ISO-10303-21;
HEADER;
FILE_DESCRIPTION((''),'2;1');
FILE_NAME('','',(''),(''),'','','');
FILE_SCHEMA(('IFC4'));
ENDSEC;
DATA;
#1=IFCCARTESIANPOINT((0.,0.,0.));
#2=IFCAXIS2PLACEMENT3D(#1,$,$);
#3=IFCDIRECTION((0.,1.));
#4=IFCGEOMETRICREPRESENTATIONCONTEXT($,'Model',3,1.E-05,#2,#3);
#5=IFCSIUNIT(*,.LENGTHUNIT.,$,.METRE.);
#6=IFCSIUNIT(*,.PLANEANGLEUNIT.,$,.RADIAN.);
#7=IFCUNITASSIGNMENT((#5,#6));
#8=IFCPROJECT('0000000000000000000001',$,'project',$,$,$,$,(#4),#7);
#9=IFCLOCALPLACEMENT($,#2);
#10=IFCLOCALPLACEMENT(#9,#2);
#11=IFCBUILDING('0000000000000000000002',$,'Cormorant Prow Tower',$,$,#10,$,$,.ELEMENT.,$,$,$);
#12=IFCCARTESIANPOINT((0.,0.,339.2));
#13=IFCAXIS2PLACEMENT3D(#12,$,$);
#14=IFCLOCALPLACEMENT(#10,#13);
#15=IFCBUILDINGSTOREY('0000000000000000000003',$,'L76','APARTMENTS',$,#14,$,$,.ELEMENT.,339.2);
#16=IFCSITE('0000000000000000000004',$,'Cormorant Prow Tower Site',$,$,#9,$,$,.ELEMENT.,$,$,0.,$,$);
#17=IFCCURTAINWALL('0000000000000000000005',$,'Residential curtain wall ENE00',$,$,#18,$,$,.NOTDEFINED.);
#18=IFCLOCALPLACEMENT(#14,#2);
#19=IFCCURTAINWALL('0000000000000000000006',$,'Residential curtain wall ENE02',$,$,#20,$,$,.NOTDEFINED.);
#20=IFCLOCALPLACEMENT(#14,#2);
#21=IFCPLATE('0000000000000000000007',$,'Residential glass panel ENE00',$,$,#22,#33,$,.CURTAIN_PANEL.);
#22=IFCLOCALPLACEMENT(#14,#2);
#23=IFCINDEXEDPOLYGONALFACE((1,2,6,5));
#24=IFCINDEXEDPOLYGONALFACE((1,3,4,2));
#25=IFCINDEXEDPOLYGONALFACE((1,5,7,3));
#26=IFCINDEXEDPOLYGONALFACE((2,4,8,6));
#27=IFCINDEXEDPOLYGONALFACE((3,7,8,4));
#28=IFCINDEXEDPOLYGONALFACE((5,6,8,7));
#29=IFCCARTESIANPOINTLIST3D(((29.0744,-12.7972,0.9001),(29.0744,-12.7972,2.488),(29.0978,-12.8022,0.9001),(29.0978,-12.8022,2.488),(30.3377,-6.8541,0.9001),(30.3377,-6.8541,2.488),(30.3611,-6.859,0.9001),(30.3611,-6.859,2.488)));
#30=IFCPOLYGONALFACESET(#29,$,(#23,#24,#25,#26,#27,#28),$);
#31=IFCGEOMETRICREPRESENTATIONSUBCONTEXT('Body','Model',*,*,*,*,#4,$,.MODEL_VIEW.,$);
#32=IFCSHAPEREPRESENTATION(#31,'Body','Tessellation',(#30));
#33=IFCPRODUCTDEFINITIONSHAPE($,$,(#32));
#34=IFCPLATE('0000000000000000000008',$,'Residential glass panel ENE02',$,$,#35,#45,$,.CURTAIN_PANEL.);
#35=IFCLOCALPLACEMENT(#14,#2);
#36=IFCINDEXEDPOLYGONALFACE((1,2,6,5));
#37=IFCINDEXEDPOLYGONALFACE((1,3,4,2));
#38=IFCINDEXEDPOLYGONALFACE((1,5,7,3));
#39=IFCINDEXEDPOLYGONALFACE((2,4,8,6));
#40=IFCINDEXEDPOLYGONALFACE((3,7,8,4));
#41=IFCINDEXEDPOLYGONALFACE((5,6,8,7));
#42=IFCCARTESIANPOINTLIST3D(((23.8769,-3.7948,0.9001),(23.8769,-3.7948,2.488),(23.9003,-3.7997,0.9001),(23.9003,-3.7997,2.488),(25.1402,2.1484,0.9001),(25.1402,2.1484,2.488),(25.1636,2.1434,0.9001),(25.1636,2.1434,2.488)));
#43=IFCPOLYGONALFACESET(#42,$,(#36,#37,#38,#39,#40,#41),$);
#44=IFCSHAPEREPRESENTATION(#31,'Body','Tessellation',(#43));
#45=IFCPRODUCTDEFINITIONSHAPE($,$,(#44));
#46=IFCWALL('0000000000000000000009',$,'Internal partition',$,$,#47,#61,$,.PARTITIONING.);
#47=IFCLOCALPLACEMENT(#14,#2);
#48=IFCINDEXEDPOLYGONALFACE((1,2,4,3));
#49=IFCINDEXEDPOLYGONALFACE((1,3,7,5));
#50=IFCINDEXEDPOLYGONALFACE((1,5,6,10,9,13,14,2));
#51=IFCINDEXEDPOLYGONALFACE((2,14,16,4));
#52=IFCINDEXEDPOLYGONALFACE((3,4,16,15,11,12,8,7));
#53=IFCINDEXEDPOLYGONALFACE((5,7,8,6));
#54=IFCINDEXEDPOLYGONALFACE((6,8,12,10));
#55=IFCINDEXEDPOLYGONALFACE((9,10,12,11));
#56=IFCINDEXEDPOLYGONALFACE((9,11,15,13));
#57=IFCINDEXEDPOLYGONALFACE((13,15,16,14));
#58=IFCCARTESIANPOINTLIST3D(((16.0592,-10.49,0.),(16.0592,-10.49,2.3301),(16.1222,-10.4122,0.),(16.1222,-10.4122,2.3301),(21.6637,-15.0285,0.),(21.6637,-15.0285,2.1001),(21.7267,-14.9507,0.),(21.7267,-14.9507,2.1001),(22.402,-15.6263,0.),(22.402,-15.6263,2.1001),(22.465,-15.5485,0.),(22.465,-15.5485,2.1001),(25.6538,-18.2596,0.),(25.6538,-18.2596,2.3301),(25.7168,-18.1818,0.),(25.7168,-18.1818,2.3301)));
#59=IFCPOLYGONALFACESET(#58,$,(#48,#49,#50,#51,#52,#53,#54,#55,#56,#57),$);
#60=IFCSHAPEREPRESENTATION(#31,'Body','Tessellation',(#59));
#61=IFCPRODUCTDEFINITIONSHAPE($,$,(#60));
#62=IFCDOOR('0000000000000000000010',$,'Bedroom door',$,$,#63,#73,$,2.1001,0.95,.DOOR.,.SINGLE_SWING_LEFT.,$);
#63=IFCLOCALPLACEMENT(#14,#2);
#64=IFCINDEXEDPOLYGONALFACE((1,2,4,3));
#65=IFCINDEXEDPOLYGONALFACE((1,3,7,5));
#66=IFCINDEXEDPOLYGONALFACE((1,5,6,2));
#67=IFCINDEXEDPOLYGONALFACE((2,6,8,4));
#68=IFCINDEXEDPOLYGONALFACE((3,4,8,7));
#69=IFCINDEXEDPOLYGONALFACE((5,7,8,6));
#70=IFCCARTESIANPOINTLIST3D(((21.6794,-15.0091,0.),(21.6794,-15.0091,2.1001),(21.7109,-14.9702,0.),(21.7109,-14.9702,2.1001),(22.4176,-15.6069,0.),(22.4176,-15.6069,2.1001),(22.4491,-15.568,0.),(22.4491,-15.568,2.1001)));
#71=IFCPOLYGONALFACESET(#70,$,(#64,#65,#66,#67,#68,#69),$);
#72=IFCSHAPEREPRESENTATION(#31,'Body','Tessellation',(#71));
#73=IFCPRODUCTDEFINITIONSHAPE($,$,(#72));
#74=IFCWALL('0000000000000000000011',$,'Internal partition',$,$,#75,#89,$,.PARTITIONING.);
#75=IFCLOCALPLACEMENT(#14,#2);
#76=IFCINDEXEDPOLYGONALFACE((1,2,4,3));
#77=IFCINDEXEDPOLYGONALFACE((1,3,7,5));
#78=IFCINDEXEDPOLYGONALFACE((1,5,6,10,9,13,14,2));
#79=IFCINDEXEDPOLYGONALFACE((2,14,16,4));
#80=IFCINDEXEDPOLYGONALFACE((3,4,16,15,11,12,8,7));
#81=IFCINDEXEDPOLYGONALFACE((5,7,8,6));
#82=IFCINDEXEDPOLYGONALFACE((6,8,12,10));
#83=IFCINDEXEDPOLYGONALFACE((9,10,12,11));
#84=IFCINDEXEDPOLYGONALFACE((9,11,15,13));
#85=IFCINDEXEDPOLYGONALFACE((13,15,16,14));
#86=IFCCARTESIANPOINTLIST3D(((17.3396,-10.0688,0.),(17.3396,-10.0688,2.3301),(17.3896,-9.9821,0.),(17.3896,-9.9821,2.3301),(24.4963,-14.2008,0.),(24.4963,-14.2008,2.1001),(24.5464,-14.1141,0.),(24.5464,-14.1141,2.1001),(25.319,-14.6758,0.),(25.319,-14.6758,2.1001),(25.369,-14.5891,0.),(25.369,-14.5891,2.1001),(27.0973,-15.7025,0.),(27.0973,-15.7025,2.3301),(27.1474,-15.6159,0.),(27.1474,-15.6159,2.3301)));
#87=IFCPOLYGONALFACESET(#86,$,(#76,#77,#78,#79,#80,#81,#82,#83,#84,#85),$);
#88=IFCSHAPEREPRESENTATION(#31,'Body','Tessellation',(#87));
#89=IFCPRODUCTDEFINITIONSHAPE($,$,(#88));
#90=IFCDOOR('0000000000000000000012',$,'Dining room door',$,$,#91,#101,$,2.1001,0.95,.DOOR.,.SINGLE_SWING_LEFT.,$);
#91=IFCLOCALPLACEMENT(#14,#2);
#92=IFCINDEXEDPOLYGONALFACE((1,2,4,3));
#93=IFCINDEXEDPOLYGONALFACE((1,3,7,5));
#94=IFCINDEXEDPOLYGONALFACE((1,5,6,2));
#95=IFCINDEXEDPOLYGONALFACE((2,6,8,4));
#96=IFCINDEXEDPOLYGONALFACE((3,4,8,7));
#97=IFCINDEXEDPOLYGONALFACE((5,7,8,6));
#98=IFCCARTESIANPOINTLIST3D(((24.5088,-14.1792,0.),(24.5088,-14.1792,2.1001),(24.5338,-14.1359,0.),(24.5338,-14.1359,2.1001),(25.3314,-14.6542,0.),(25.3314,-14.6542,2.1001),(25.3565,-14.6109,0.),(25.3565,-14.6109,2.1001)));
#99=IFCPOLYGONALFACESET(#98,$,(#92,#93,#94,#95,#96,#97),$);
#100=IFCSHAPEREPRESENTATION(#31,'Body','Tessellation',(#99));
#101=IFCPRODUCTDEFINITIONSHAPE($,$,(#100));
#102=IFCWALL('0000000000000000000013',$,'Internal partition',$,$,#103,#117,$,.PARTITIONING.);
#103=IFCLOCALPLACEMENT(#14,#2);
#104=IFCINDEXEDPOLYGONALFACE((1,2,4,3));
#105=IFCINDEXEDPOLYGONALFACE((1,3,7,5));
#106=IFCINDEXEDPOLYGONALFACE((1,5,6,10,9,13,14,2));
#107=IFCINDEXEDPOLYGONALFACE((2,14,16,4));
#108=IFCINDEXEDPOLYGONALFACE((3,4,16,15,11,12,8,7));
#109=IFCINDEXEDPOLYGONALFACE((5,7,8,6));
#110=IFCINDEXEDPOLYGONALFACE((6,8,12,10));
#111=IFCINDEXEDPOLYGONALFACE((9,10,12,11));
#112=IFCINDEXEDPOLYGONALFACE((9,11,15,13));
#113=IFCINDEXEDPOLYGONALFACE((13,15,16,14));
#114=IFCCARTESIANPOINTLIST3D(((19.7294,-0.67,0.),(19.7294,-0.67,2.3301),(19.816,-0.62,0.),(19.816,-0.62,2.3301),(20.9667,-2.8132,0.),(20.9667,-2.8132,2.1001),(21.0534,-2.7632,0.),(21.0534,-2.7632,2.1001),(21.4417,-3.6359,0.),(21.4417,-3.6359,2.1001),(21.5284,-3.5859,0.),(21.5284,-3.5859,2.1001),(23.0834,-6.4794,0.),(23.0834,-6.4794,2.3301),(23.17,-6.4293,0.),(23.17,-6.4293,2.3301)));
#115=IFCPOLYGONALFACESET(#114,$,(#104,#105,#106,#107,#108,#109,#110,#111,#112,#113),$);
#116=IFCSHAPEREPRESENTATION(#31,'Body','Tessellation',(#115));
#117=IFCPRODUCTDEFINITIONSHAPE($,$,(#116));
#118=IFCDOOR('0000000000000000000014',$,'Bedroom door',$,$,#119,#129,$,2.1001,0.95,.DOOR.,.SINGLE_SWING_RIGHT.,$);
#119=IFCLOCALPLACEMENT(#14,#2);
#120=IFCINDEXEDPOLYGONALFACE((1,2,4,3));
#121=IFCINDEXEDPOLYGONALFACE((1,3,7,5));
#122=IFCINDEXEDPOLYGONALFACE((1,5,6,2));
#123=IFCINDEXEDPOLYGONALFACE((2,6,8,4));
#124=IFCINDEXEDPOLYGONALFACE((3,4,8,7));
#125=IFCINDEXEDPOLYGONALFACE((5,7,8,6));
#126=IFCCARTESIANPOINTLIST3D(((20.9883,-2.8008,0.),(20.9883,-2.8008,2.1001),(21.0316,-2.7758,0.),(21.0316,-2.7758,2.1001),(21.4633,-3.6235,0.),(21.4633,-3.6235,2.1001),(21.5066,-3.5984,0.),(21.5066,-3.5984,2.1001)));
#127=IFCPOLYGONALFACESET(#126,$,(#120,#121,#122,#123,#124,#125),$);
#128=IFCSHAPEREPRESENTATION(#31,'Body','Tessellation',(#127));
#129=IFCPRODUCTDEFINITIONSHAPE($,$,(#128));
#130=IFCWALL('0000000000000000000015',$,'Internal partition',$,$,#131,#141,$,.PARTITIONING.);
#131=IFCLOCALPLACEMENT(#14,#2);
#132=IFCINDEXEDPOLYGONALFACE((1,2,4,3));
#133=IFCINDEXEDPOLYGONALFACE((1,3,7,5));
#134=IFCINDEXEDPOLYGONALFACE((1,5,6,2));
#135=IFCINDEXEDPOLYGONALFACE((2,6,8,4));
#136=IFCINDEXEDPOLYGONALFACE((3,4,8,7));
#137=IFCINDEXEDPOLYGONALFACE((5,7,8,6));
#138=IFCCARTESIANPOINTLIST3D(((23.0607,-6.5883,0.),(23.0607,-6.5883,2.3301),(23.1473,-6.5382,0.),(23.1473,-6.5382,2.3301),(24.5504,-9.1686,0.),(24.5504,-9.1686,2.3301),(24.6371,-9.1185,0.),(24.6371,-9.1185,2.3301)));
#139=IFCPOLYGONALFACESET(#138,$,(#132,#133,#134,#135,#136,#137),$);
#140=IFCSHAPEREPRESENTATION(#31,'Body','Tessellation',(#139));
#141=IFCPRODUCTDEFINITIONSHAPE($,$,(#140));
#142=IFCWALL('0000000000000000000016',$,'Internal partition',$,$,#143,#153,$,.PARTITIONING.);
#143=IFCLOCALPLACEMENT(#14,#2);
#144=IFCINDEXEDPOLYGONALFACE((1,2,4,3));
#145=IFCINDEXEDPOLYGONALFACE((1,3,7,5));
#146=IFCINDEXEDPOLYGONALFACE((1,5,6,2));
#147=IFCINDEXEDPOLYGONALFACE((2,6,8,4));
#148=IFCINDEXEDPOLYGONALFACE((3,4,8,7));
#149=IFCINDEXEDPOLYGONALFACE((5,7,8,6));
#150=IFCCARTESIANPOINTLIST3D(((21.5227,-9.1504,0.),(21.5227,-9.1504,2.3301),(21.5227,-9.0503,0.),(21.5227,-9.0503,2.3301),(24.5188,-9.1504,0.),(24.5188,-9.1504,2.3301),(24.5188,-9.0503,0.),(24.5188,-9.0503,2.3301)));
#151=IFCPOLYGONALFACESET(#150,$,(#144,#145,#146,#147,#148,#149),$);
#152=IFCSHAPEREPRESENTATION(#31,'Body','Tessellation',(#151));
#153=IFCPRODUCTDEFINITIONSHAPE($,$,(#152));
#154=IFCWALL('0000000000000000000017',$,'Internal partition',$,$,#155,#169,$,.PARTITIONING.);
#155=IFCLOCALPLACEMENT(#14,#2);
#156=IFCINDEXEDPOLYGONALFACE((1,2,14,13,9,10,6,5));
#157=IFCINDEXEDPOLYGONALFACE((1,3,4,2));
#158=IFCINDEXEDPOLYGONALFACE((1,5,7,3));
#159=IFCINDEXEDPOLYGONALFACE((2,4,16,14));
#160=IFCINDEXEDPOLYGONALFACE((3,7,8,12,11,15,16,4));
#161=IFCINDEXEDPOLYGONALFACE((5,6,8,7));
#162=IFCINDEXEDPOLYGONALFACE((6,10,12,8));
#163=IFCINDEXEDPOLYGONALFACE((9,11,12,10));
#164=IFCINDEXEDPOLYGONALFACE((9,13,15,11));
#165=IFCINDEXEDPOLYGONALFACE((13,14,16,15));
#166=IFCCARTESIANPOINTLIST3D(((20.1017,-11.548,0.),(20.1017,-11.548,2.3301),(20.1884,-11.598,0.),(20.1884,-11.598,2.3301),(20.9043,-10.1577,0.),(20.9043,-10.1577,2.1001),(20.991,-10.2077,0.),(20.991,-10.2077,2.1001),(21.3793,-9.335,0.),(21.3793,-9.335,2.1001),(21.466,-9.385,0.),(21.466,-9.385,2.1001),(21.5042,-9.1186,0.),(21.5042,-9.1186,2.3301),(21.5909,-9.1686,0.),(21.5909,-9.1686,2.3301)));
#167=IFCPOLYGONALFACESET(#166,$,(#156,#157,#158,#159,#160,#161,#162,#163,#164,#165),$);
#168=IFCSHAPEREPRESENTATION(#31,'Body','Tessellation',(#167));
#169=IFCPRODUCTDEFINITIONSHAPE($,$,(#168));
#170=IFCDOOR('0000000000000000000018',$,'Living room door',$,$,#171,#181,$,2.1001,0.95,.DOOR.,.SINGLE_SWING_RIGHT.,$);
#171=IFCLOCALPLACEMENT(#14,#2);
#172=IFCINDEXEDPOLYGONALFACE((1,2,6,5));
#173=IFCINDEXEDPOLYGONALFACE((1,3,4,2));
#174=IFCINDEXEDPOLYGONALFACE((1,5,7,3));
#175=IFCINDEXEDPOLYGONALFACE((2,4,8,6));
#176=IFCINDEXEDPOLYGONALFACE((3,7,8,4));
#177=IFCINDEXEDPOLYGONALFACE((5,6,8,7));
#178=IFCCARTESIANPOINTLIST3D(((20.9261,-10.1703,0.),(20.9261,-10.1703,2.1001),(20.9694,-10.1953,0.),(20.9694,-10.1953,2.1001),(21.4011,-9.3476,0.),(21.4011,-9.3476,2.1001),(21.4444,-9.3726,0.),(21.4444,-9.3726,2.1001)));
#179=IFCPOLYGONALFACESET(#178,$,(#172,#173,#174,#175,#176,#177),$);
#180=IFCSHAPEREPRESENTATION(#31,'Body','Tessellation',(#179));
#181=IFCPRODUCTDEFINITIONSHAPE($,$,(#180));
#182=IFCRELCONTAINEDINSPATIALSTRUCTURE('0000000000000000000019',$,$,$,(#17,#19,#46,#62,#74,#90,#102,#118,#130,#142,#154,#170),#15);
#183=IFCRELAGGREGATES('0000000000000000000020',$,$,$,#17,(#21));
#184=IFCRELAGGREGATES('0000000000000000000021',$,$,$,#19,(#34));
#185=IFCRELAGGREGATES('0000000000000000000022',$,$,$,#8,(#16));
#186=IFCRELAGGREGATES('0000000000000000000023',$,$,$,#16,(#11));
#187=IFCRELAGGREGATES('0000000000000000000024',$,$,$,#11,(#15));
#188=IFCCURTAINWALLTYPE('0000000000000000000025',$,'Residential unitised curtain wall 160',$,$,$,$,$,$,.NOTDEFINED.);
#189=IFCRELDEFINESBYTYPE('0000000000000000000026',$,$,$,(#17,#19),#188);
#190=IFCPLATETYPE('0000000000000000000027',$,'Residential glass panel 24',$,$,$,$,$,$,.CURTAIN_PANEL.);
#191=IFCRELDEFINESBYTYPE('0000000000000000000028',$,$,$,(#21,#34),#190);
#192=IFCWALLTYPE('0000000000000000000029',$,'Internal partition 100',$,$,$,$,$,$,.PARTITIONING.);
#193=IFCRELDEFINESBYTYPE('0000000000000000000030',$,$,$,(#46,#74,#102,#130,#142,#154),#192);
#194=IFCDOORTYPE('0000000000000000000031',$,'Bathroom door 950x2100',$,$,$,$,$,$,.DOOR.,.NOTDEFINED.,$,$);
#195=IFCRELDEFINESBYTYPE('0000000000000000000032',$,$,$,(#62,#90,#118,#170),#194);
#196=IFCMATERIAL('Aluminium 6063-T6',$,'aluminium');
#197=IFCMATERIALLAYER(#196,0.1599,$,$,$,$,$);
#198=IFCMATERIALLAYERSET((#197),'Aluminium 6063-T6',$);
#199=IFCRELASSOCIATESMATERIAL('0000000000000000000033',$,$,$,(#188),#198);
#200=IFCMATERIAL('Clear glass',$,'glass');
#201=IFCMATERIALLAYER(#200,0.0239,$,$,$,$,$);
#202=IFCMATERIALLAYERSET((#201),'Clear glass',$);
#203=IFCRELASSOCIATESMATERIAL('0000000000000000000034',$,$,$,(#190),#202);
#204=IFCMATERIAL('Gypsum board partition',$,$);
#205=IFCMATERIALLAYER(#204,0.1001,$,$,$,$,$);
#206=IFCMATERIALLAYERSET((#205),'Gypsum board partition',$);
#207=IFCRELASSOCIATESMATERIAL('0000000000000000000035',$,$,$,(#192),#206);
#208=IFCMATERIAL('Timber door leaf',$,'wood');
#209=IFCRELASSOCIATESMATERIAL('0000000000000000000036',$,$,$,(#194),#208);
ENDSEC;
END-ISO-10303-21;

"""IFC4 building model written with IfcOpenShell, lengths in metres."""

from ifc_helpers import new_model, si_unit, direction, frame, frame_2d, origin, origin_2d, place, context, subcontext, project, spatial, rectangle, extrude, material, layer, layer_set, type_object, element, fill, aggregate, save


model = new_model("IFC4")

# Units and contexts
model_context = context("Model", 3, precision=1e-05, world=origin(), true_north=direction((0.0, 1.0)))
body_context = subcontext(model_context, "Body", "Model", "MODEL_VIEW")
ifc_project = project(units=[si_unit("LENGTHUNIT", "METRE"), si_unit("PLANEANGLEUNIT", "RADIAN")], contexts=[model_context])

# Site, building, storey
site_placement = place(None, origin())
site = spatial("IfcSite", under=ifc_project, at=site_placement, Name="Cormorant Prow Tower Site", CompositionType="ELEMENT", RefElevation=0.0)
building_placement = place(site_placement, origin())
building = spatial("IfcBuilding", under=site, at=building_placement, Name="Cormorant Prow Tower", CompositionType="ELEMENT")
storey_placement = place(building_placement, frame((0.0, 0.0, 339.2)))
storey = spatial("IfcBuildingStorey", under=building, at=storey_placement, Name="L76", Description="APARTMENTS", CompositionType="ELEMENT", Elevation=339.2)

# Curtain walls
ifc_material_1 = material(Name="Aluminium 6063-T6", Category="aluminium")
ifc_layer_1 = layer(ifc_material_1, 0.1599)
ifc_layer_set_1 = layer_set([ifc_layer_1], Name="Aluminium 6063-T6")
curtain_wall_type = type_object("IfcCurtainWallType", Name="Residential unitised curtain wall 160", PredefinedType="NOTDEFINED", material=ifc_layer_set_1)
curtain_wall_1_placement = place(storey_placement, origin())
curtain_wall_1 = element("IfcCurtainWall", 1, at=curtain_wall_1_placement, inside=storey, type_object=curtain_wall_type, Name="Residential curtain wall ENE00", PredefinedType="NOTDEFINED")
curtain_wall_2_placement = place(storey_placement, origin())
curtain_wall_2 = element("IfcCurtainWall", 2, at=curtain_wall_2_placement, inside=storey, type_object=curtain_wall_type, Name="Residential curtain wall ENE02", PredefinedType="NOTDEFINED")

# Plates
ifc_material_2 = material(Name="Clear glass", Category="glass")
ifc_layer_2 = layer(ifc_material_2, 0.0239)
ifc_layer_set_2 = layer_set([ifc_layer_2], Name="Clear glass")
plate_type = type_object("IfcPlateType", Name="Residential glass panel 24", PredefinedType="CURTAIN_PANEL", material=ifc_layer_set_2)
plate_1_placement = place(storey_placement, frame((29.7178, -9.8281, 0.9001), z_axis=(0.0, 0.0, 1.0), x_axis=(0.207912, 0.978148, 0.0)))
plate_1 = element("IfcPlate", 3, at=plate_1_placement, type_object=plate_type, Name="Residential glass panel ENE00", PredefinedType="CURTAIN_PANEL", context=body_context, shape_type="SweptSolid", body=[
    extrude(rectangle(XDim=6.0759, YDim=0.0239, at=origin_2d()), origin(), (0.0, 0.0, 1.0), 1.5879),
])
aggregate(curtain_wall_1, [plate_1])
plate_2_placement = place(storey_placement, frame((24.5203, -0.8257, 0.9001), z_axis=(0.0, 0.0, 1.0), x_axis=(0.207912, 0.978148, 0.0)))
plate_2 = element("IfcPlate", 4, at=plate_2_placement, type_object=plate_type, Name="Residential glass panel ENE02", PredefinedType="CURTAIN_PANEL", context=body_context, shape_type="SweptSolid", body=[
    extrude(rectangle(XDim=6.0759, YDim=0.0239, at=origin_2d()), origin(), (0.0, 0.0, 1.0), 1.5879),
])
aggregate(curtain_wall_2, [plate_2])

# Walls, openings, doors
ifc_material_3 = material(Name="Gypsum board partition")
ifc_layer_3 = layer(ifc_material_3, 0.1001)
ifc_layer_set_3 = layer_set([ifc_layer_3], Name="Gypsum board partition")
wall_type_1 = type_object("IfcWallType", Name="Internal partition 100", PredefinedType="PARTITIONING", material=ifc_layer_set_3)
wall_1_placement = place(storey_placement, frame((16.0908, -10.4512, 0.0), z_axis=(0.0, 0.0, 1.0), x_axis=(0.777143, -0.629324, 0.0)))
wall_1 = element("IfcWall", 5, at=wall_1_placement, inside=storey, type_object=wall_type_1, Name="Internal partition", PredefinedType="PARTITIONING", context=body_context, shape_type="SweptSolid", body=[
    extrude(rectangle(XDim=12.3459, YDim=0.1001, at=frame_2d((6.1729, 0.0))), origin(), (0.0, 0.0, 1.0), 2.3301),
])
opening_1_placement = place(wall_1_placement, frame((7.2114, 0.0, 0.0)))
opening_1 = element("IfcOpeningElement", 6, at=opening_1_placement, cuts=wall_1, PredefinedType="OPENING", context=body_context, shape_type="SweptSolid", body=[
    extrude(rectangle(XDim=0.95, YDim=2.1001, at=frame_2d((0.4751, 1.05))), frame((0.0, 0.0601, 0.0), z_axis=(0.0, -1.0, 0.0), x_axis=(1.0, 0.0, 0.0)), (0.0, 0.0, 1.0), 0.1201),
])
ifc_material_4 = material(Name="Timber door leaf", Category="wood")
door_type_1 = type_object("IfcDoorType", Name="Bathroom door 950x2100", OperationType="NOTDEFINED", PredefinedType="DOOR", material=ifc_material_4)
door_1_placement = place(opening_1_placement, origin())
door_1 = element("IfcDoor", 7, at=door_1_placement, inside=storey, type_object=door_type_1, Name="Bedroom door", OperationType="SINGLE_SWING_LEFT", OverallHeight=2.1001, OverallWidth=0.95, PredefinedType="DOOR", context=body_context, shape_type="SweptSolid", body=[
    extrude(rectangle(XDim=0.95, YDim=2.1001, at=frame_2d((0.4751, 1.05))), frame((0.0, 0.0249, 0.0), z_axis=(0.0, -1.0, 0.0), x_axis=(1.0, 0.0, 0.0)), (0.0, 0.0, 1.0), 0.05),
])
fill(opening_1, door_1)
wall_2_placement = place(storey_placement, frame((17.3645, -10.0254, 0.0), z_axis=(0.0, 0.0, 1.0), x_axis=(0.866021, -0.500008, 0.0)))
wall_2 = element("IfcWall", 8, at=wall_2_placement, inside=storey, type_object=wall_type_1, Name="Internal partition", PredefinedType="PARTITIONING", context=body_context, shape_type="SweptSolid", body=[
    extrude(rectangle(XDim=11.2673, YDim=0.1001, at=frame_2d((5.6338, 0.0))), origin(), (0.0, 0.0, 1.0), 2.3301),
])
opening_2_placement = place(wall_2_placement, frame((8.2639, 0.0, 0.0)))
opening_2 = element("IfcOpeningElement", 9, at=opening_2_placement, cuts=wall_2, PredefinedType="OPENING", context=body_context, shape_type="SweptSolid", body=[
    extrude(rectangle(XDim=0.95, YDim=2.1001, at=frame_2d((0.4751, 1.05))), frame((0.0, 0.0601, 0.0), z_axis=(0.0, -1.0, 0.0), x_axis=(1.0, 0.0, 0.0)), (0.0, 0.0, 1.0), 0.1201),
])
door_2_placement = place(opening_2_placement, origin())
door_2 = element("IfcDoor", 10, at=door_2_placement, inside=storey, type_object=door_type_1, Name="Dining room door", OperationType="SINGLE_SWING_LEFT", OverallHeight=2.1001, OverallWidth=0.95, PredefinedType="DOOR", context=body_context, shape_type="SweptSolid", body=[
    extrude(rectangle(XDim=0.95, YDim=2.1001, at=frame_2d((0.4751, 1.05))), frame((0.0, 0.0249, 0.0), z_axis=(0.0, -1.0, 0.0), x_axis=(1.0, 0.0, 0.0)), (0.0, 0.0, 1.0), 0.05),
])
fill(opening_2, door_2)
wall_3_placement = place(storey_placement, frame((19.7727, -0.645, 0.0), z_axis=(0.0, 0.0, 1.0), x_axis=(0.499999, -0.866026, 0.0)))
wall_3 = element("IfcWall", 11, at=wall_3_placement, inside=storey, type_object=wall_type_1, Name="Internal partition", PredefinedType="PARTITIONING", context=body_context, shape_type="SweptSolid", body=[
    extrude(rectangle(XDim=6.708, YDim=0.1001, at=frame_2d((3.354, 0.0))), origin(), (0.0, 0.0, 1.0), 2.3301),
])
opening_3_placement = place(wall_3_placement, frame((2.4746, 0.0, 0.0)))
opening_3 = element("IfcOpeningElement", 12, at=opening_3_placement, cuts=wall_3, PredefinedType="OPENING", context=body_context, shape_type="SweptSolid", body=[
    extrude(rectangle(XDim=0.95, YDim=2.1001, at=frame_2d((0.4751, 1.05))), frame((0.0, 0.0601, 0.0), z_axis=(0.0, -1.0, 0.0), x_axis=(1.0, 0.0, 0.0)), (0.0, 0.0, 1.0), 0.1201),
])
door_3_placement = place(opening_3_placement, origin())
door_3 = element("IfcDoor", 13, at=door_3_placement, inside=storey, type_object=door_type_1, Name="Bedroom door", OperationType="SINGLE_SWING_RIGHT", OverallHeight=2.1001, OverallWidth=0.95, PredefinedType="DOOR", context=body_context, shape_type="SweptSolid", body=[
    extrude(rectangle(XDim=0.95, YDim=2.1001, at=frame_2d((0.4751, 1.05))), frame((0.0, 0.0249, 0.0), z_axis=(0.0, -1.0, 0.0), x_axis=(1.0, 0.0, 0.0)), (0.0, 0.0, 1.0), 0.05),
])
fill(opening_3, door_3)

# Walls
wall_4_placement = place(storey_placement, frame((23.104, -6.5632, 0.0), z_axis=(0.0, 0.0, 1.0), x_axis=(0.499999, -0.866026, 0.0)))
element("IfcWall", 14, at=wall_4_placement, inside=storey, type_object=wall_type_1, Name="Internal partition", PredefinedType="PARTITIONING", context=body_context, shape_type="SweptSolid", body=[
    extrude(rectangle(XDim=2.9795, YDim=0.1001, at=frame_2d((1.4897, 0.0))), origin(), (0.0, 0.0, 1.0), 2.3301),
])
wall_5_placement = place(storey_placement, frame((21.5227, -9.1003, 0.0), z_axis=(0.0, 0.0, 1.0), x_axis=(1.0, 0.0, 0.0)))
element("IfcWall", 15, at=wall_5_placement, inside=storey, type_object=wall_type_1, Name="Internal partition", PredefinedType="PARTITIONING", context=body_context, shape_type="SweptSolid", body=[
    extrude(rectangle(XDim=2.9961, YDim=0.1001, at=frame_2d((1.498, 0.0))), origin(), (0.0, 0.0, 1.0), 2.3301),
])

# Wall, opening, door
wall_6_placement = place(storey_placement, frame((20.145, -11.573, 0.0), z_axis=(0.0, 0.0, 1.0), x_axis=(0.499986, 0.866033, 0.0)))
wall_6 = element("IfcWall", 16, at=wall_6_placement, inside=storey, type_object=wall_type_1, Name="Internal partition", PredefinedType="PARTITIONING", context=body_context, shape_type="SweptSolid", body=[
    extrude(rectangle(XDim=2.8052, YDim=0.1001, at=frame_2d((1.4026, 0.0))), origin(), (0.0, 0.0, 1.0), 2.3301),
])
opening_4_placement = place(wall_6_placement, frame((1.6052, 0.0, 0.0)))
opening_4 = element("IfcOpeningElement", 17, at=opening_4_placement, cuts=wall_6, PredefinedType="OPENING", context=body_context, shape_type="SweptSolid", body=[
    extrude(rectangle(XDim=0.95, YDim=2.1001, at=frame_2d((0.4751, 1.05))), frame((0.0, 0.0601, 0.0), z_axis=(0.0, -1.0, 0.0), x_axis=(1.0, 0.0, 0.0)), (0.0, 0.0, 1.0), 0.1201),
])
door_4_placement = place(opening_4_placement, origin())
door_4 = element("IfcDoor", 18, at=door_4_placement, inside=storey, type_object=door_type_1, Name="Living room door", OperationType="SINGLE_SWING_RIGHT", OverallHeight=2.1001, OverallWidth=0.95, PredefinedType="DOOR", context=body_context, shape_type="SweptSolid", body=[
    extrude(rectangle(XDim=0.95, YDim=2.1001, at=frame_2d((0.4751, 1.05))), frame((0.0, 0.0249, 0.0), z_axis=(0.0, -1.0, 0.0), x_axis=(1.0, 0.0, 0.0)), (0.0, 0.0, 1.0), 0.05),
])
fill(opening_4, door_4)

save(model, "model.ifc")
